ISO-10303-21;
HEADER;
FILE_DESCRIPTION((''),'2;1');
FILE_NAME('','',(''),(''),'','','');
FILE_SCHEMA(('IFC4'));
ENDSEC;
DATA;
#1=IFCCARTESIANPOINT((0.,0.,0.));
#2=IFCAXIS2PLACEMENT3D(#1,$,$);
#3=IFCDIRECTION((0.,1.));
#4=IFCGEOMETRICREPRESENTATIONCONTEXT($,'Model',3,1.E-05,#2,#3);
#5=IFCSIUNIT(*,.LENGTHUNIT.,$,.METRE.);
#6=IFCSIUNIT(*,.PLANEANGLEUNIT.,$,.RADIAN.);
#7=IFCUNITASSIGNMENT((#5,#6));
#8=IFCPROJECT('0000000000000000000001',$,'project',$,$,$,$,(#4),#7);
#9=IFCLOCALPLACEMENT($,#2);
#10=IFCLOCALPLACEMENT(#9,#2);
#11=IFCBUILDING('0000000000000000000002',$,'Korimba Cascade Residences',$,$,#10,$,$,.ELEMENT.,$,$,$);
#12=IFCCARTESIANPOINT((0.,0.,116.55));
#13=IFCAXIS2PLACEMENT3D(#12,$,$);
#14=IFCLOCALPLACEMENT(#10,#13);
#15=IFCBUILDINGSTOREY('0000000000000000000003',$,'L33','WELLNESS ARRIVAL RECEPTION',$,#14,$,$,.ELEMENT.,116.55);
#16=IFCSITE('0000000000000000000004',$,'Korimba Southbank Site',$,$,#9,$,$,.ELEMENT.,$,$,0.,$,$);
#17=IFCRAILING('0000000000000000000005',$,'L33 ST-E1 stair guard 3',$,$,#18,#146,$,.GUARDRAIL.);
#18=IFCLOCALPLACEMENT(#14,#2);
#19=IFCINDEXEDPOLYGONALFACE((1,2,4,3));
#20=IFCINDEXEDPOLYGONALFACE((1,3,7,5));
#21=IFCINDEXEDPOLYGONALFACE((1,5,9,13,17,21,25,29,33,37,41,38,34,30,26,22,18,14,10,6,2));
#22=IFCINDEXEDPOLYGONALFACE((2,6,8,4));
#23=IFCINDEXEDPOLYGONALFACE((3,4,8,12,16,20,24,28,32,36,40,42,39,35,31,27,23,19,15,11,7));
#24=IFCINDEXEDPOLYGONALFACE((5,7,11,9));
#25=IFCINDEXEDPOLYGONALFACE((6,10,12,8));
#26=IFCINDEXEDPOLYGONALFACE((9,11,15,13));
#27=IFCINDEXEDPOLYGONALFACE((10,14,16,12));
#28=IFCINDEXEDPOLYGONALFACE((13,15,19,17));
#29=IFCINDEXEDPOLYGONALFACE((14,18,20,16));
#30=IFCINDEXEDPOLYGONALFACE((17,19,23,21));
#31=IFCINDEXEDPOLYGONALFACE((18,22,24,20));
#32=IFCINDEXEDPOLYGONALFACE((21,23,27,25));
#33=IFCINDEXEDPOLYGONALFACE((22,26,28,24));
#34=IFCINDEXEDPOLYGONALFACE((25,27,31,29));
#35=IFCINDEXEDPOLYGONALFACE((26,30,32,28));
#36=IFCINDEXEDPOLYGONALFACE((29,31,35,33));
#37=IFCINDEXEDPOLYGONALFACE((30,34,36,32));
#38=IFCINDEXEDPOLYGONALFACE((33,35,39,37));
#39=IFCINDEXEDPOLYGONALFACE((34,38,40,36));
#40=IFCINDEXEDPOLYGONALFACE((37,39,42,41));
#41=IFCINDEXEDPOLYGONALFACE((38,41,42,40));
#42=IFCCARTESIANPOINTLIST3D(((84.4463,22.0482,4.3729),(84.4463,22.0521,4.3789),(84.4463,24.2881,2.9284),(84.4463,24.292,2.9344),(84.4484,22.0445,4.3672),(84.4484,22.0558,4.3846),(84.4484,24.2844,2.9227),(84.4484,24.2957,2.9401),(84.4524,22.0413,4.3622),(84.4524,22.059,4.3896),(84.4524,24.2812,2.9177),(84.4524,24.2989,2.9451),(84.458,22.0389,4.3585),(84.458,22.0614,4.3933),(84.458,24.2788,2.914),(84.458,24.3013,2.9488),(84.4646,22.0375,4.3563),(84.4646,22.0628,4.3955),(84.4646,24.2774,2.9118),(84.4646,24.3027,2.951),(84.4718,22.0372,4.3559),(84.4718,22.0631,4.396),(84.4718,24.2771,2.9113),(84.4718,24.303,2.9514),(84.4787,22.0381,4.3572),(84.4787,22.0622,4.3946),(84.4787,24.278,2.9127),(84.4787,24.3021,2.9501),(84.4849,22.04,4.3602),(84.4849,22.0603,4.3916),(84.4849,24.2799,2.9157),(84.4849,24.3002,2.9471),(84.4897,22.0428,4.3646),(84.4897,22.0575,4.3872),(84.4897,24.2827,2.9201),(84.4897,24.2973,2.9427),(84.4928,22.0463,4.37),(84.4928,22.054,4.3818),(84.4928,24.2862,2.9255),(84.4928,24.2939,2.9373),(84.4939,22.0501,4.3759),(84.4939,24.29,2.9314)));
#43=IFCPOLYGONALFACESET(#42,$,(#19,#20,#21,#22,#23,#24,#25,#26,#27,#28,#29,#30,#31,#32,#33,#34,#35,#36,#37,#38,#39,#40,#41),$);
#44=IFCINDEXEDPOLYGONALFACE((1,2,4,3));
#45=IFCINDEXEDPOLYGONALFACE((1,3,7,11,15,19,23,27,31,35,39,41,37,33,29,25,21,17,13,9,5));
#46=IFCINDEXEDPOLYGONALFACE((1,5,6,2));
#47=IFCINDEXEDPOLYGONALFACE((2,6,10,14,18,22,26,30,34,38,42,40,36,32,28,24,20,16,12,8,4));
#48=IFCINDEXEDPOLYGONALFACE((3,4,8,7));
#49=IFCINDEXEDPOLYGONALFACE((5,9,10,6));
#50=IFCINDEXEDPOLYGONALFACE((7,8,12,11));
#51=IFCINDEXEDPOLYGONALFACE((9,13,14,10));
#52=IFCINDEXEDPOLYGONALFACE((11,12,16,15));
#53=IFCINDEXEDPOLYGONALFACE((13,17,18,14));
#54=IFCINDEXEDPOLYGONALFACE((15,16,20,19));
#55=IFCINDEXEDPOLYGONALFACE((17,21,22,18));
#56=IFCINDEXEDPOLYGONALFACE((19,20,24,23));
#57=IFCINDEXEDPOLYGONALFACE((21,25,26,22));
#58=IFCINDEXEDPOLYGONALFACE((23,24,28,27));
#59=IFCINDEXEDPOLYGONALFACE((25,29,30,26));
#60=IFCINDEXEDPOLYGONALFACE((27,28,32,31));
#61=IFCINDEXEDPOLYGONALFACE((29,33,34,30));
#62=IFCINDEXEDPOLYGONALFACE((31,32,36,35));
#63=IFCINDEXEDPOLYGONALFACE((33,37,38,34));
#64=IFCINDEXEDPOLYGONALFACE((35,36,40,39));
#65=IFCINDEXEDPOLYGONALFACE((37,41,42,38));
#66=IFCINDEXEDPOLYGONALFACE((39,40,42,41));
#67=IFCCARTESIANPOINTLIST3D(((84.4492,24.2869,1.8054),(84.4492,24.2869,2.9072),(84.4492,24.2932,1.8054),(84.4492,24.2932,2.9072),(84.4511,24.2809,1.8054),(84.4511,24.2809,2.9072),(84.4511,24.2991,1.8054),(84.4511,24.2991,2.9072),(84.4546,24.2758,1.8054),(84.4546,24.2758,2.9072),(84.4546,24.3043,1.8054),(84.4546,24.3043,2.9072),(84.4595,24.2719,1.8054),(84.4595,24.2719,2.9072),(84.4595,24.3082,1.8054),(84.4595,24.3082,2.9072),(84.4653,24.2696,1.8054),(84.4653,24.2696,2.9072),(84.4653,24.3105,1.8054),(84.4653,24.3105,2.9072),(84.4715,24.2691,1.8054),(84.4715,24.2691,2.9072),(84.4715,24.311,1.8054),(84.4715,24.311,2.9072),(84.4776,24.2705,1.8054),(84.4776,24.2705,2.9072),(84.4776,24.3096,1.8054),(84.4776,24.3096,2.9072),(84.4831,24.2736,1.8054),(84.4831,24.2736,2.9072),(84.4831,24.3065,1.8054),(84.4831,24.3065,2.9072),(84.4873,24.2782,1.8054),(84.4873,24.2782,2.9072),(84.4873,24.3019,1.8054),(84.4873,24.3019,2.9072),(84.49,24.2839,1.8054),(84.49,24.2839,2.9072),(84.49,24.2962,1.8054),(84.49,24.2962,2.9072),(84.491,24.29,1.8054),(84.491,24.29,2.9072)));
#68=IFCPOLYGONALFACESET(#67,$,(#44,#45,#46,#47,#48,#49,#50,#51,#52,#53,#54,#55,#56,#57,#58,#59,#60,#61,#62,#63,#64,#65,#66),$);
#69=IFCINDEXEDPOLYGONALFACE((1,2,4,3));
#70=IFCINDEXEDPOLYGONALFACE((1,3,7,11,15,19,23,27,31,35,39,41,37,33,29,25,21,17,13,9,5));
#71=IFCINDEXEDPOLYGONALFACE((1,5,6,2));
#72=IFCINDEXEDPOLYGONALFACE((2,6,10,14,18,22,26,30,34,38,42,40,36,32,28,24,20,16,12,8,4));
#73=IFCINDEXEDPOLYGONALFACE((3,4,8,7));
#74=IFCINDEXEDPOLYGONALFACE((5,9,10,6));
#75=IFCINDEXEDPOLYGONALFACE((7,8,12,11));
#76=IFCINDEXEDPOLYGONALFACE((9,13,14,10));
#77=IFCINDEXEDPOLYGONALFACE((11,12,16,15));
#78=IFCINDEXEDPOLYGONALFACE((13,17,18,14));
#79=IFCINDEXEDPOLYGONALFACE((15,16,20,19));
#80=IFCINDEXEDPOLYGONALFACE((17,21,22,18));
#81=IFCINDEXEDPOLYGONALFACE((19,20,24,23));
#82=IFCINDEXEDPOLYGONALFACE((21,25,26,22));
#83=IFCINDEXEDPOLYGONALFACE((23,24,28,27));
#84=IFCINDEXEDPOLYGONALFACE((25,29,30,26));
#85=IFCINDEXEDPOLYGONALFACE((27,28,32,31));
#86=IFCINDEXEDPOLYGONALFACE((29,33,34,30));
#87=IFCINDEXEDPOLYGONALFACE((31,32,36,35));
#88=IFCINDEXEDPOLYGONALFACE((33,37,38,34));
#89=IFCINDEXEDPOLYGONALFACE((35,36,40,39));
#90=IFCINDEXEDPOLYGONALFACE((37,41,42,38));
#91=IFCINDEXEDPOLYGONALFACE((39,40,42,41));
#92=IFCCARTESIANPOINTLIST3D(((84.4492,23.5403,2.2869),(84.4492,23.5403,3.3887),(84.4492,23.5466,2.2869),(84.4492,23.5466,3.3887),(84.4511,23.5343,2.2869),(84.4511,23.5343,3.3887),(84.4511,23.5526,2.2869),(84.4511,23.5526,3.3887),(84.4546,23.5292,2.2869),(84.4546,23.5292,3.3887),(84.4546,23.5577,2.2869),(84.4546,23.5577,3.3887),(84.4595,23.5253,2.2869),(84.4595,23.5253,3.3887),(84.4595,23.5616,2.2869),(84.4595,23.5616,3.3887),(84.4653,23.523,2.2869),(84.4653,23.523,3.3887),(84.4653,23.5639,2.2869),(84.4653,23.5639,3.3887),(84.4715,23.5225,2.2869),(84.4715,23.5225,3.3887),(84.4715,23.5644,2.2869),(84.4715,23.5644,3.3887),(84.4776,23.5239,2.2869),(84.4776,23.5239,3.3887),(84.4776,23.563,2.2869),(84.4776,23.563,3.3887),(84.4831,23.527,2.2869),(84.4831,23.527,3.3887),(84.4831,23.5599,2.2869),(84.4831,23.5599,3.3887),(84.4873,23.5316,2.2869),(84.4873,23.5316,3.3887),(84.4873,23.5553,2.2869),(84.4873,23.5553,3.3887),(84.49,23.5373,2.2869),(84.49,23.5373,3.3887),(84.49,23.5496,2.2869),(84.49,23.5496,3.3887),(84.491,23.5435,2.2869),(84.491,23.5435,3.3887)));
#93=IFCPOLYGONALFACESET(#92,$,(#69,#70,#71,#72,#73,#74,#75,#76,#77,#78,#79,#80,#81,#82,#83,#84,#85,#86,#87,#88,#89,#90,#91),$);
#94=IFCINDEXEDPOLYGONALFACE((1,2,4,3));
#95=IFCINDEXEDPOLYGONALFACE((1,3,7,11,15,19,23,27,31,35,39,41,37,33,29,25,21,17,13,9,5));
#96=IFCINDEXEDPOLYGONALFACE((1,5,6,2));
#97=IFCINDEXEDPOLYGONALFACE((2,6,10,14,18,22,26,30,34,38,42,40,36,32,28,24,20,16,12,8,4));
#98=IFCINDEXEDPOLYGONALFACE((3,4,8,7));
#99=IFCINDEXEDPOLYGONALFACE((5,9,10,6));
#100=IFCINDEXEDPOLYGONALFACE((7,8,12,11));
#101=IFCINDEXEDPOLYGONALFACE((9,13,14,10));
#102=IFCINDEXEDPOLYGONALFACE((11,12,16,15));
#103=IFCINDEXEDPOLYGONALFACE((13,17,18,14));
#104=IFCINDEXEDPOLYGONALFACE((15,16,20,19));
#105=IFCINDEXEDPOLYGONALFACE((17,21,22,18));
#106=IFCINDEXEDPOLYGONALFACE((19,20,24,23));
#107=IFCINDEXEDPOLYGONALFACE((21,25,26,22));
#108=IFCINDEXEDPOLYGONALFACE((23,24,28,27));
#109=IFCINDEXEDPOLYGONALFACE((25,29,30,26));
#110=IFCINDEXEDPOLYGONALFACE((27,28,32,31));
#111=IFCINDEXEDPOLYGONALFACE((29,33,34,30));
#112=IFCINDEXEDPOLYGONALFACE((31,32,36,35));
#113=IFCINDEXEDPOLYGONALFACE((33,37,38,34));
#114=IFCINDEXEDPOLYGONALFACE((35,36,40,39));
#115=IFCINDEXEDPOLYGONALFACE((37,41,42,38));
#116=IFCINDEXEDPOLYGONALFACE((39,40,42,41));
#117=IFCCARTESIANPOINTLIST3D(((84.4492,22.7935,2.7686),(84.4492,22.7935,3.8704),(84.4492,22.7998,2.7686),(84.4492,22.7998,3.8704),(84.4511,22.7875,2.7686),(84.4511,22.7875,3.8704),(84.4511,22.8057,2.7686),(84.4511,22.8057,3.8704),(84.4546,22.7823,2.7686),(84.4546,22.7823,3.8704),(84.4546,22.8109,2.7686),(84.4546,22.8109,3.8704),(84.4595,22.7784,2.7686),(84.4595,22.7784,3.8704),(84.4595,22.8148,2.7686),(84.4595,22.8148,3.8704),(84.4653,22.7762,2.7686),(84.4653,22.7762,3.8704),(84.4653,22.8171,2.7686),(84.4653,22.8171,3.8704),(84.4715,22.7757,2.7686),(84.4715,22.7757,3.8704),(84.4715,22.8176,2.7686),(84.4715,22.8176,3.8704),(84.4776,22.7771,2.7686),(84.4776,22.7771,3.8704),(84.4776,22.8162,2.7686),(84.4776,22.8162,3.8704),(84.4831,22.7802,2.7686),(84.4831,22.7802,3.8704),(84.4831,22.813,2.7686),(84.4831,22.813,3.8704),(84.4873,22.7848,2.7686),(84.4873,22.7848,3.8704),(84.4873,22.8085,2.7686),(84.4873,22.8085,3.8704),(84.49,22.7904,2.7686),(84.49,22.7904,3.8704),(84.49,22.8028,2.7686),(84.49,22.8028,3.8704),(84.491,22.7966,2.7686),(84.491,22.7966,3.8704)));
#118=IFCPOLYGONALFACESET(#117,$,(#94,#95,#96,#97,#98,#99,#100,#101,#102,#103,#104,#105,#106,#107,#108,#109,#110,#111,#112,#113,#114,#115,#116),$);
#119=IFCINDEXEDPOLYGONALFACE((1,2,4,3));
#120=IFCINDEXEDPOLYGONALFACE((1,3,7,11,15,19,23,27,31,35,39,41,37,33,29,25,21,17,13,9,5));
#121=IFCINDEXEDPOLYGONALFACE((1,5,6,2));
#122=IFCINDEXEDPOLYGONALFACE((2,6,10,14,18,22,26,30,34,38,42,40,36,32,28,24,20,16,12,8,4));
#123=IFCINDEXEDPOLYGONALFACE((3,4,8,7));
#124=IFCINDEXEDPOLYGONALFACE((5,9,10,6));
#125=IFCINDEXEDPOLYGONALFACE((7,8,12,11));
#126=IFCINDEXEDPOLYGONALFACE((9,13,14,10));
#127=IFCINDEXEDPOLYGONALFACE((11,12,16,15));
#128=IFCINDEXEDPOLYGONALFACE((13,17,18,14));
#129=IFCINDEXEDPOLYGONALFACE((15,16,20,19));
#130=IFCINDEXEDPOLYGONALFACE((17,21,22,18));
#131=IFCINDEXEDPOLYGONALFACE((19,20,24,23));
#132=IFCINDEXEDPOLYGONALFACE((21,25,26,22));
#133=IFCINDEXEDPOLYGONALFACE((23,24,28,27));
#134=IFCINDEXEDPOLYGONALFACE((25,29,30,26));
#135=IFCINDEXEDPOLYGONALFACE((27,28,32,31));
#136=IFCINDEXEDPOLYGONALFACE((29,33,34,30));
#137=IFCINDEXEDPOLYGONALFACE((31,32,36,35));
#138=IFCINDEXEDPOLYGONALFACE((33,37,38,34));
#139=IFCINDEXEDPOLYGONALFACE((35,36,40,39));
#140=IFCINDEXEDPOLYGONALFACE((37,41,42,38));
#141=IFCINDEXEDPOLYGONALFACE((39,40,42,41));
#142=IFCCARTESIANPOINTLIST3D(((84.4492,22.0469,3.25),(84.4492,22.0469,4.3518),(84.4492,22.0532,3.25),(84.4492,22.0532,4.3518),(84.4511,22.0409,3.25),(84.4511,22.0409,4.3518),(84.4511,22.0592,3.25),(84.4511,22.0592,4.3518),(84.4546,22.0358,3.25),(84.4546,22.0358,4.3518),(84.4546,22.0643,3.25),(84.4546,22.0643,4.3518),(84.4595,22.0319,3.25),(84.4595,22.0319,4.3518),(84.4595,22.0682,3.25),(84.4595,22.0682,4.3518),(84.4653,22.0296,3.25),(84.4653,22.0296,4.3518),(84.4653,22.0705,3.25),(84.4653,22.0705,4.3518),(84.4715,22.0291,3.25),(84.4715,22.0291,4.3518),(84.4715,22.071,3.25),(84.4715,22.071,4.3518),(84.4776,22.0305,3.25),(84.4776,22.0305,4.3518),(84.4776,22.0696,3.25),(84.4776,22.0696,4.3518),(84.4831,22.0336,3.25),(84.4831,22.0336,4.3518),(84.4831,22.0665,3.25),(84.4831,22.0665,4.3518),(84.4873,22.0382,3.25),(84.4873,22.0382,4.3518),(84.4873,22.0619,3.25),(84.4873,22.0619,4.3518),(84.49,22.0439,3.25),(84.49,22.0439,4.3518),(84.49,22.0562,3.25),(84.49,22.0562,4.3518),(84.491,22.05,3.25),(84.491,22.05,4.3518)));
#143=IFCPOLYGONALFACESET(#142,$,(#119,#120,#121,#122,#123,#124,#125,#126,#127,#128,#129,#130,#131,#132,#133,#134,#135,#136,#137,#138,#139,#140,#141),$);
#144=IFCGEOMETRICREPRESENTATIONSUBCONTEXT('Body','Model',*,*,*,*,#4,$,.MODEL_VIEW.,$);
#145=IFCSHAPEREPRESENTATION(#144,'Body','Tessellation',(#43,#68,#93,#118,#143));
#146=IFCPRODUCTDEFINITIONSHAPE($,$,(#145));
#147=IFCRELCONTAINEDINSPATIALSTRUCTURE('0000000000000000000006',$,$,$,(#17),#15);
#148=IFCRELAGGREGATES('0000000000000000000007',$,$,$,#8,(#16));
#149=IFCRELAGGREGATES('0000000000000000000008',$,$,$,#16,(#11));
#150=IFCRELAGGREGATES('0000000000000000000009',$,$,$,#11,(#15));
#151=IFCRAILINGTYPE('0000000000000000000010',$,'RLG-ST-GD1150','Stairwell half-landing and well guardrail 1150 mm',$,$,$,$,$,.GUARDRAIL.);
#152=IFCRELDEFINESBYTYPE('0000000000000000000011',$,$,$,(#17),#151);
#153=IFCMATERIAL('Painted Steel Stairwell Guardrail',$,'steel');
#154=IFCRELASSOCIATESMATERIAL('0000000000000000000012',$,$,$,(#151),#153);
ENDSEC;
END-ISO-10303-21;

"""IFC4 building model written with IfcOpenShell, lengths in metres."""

from ifc_helpers import new_model, si_unit, direction, frame, origin, origin_2d, place, context, subcontext, project, spatial, circle, extrude, material, type_object, element, save


model = new_model("IFC4")

# Units and contexts
model_context = context("Model", 3, precision=1e-05, world=origin(), true_north=direction((0.0, 1.0)))
body_context = subcontext(model_context, "Body", "Model", "MODEL_VIEW")
ifc_project = project(units=[si_unit("LENGTHUNIT", "METRE"), si_unit("PLANEANGLEUNIT", "RADIAN")], contexts=[model_context])

# Site, building, storey
site_placement = place(None, origin())
site = spatial("IfcSite", under=ifc_project, at=site_placement, Name="Korimba Southbank Site", CompositionType="ELEMENT", RefElevation=0.0)
building_placement = place(site_placement, origin())
building = spatial("IfcBuilding", under=site, at=building_placement, Name="Korimba Cascade Residences", CompositionType="ELEMENT")
storey_placement = place(building_placement, frame((0.0, 0.0, 116.55)))
storey = spatial("IfcBuildingStorey", under=building, at=storey_placement, Name="L33", Description="WELLNESS ARRIVAL RECEPTION", CompositionType="ELEMENT", Elevation=116.55)

# Railing
ifc_material_1 = material(Name="Painted Steel Stairwell Guardrail", Category="steel")
railing_type_1 = type_object("IfcRailingType", Name="RLG-ST-GD1150", Description="Stairwell half-landing and well guardrail 1150 mm", PredefinedType="GUARDRAIL", material=ifc_material_1)
railing_1_placement = place(storey_placement, frame((84.47, 24.29, 1.8054)))
element("IfcRailing", 1, at=railing_1_placement, inside=storey, type_object=railing_type_1, Name="L33 ST-E1 stair guard 3", PredefinedType="GUARDRAIL", context=body_context, shape_type="SweptSolid", body=[
    extrude(circle(Radius=0.0239, at=origin_2d()), frame((0.0, 0.0, 1.126), z_axis=(0.0, -0.840395, 0.541975), x_axis=(1.0, 0.0, 0.0)), (0.0, 0.0, 1.0), 2.6653),
    extrude(circle(Radius=0.021, at=origin_2d()), origin(), (0.0, 0.0, 1.0), 1.1018),
    extrude(circle(Radius=0.021, at=origin_2d()), frame((0.0, -0.7466, 0.4814)), (0.0, 0.0, 1.0), 1.1018),
    extrude(circle(Radius=0.021, at=origin_2d()), frame((0.0, -1.4934, 0.9631)), (0.0, 0.0, 1.0), 1.1018),
    extrude(circle(Radius=0.021, at=origin_2d()), frame((0.0, -2.24, 1.4446)), (0.0, 0.0, 1.0), 1.1018),
])

save(model, "model.ifc")
